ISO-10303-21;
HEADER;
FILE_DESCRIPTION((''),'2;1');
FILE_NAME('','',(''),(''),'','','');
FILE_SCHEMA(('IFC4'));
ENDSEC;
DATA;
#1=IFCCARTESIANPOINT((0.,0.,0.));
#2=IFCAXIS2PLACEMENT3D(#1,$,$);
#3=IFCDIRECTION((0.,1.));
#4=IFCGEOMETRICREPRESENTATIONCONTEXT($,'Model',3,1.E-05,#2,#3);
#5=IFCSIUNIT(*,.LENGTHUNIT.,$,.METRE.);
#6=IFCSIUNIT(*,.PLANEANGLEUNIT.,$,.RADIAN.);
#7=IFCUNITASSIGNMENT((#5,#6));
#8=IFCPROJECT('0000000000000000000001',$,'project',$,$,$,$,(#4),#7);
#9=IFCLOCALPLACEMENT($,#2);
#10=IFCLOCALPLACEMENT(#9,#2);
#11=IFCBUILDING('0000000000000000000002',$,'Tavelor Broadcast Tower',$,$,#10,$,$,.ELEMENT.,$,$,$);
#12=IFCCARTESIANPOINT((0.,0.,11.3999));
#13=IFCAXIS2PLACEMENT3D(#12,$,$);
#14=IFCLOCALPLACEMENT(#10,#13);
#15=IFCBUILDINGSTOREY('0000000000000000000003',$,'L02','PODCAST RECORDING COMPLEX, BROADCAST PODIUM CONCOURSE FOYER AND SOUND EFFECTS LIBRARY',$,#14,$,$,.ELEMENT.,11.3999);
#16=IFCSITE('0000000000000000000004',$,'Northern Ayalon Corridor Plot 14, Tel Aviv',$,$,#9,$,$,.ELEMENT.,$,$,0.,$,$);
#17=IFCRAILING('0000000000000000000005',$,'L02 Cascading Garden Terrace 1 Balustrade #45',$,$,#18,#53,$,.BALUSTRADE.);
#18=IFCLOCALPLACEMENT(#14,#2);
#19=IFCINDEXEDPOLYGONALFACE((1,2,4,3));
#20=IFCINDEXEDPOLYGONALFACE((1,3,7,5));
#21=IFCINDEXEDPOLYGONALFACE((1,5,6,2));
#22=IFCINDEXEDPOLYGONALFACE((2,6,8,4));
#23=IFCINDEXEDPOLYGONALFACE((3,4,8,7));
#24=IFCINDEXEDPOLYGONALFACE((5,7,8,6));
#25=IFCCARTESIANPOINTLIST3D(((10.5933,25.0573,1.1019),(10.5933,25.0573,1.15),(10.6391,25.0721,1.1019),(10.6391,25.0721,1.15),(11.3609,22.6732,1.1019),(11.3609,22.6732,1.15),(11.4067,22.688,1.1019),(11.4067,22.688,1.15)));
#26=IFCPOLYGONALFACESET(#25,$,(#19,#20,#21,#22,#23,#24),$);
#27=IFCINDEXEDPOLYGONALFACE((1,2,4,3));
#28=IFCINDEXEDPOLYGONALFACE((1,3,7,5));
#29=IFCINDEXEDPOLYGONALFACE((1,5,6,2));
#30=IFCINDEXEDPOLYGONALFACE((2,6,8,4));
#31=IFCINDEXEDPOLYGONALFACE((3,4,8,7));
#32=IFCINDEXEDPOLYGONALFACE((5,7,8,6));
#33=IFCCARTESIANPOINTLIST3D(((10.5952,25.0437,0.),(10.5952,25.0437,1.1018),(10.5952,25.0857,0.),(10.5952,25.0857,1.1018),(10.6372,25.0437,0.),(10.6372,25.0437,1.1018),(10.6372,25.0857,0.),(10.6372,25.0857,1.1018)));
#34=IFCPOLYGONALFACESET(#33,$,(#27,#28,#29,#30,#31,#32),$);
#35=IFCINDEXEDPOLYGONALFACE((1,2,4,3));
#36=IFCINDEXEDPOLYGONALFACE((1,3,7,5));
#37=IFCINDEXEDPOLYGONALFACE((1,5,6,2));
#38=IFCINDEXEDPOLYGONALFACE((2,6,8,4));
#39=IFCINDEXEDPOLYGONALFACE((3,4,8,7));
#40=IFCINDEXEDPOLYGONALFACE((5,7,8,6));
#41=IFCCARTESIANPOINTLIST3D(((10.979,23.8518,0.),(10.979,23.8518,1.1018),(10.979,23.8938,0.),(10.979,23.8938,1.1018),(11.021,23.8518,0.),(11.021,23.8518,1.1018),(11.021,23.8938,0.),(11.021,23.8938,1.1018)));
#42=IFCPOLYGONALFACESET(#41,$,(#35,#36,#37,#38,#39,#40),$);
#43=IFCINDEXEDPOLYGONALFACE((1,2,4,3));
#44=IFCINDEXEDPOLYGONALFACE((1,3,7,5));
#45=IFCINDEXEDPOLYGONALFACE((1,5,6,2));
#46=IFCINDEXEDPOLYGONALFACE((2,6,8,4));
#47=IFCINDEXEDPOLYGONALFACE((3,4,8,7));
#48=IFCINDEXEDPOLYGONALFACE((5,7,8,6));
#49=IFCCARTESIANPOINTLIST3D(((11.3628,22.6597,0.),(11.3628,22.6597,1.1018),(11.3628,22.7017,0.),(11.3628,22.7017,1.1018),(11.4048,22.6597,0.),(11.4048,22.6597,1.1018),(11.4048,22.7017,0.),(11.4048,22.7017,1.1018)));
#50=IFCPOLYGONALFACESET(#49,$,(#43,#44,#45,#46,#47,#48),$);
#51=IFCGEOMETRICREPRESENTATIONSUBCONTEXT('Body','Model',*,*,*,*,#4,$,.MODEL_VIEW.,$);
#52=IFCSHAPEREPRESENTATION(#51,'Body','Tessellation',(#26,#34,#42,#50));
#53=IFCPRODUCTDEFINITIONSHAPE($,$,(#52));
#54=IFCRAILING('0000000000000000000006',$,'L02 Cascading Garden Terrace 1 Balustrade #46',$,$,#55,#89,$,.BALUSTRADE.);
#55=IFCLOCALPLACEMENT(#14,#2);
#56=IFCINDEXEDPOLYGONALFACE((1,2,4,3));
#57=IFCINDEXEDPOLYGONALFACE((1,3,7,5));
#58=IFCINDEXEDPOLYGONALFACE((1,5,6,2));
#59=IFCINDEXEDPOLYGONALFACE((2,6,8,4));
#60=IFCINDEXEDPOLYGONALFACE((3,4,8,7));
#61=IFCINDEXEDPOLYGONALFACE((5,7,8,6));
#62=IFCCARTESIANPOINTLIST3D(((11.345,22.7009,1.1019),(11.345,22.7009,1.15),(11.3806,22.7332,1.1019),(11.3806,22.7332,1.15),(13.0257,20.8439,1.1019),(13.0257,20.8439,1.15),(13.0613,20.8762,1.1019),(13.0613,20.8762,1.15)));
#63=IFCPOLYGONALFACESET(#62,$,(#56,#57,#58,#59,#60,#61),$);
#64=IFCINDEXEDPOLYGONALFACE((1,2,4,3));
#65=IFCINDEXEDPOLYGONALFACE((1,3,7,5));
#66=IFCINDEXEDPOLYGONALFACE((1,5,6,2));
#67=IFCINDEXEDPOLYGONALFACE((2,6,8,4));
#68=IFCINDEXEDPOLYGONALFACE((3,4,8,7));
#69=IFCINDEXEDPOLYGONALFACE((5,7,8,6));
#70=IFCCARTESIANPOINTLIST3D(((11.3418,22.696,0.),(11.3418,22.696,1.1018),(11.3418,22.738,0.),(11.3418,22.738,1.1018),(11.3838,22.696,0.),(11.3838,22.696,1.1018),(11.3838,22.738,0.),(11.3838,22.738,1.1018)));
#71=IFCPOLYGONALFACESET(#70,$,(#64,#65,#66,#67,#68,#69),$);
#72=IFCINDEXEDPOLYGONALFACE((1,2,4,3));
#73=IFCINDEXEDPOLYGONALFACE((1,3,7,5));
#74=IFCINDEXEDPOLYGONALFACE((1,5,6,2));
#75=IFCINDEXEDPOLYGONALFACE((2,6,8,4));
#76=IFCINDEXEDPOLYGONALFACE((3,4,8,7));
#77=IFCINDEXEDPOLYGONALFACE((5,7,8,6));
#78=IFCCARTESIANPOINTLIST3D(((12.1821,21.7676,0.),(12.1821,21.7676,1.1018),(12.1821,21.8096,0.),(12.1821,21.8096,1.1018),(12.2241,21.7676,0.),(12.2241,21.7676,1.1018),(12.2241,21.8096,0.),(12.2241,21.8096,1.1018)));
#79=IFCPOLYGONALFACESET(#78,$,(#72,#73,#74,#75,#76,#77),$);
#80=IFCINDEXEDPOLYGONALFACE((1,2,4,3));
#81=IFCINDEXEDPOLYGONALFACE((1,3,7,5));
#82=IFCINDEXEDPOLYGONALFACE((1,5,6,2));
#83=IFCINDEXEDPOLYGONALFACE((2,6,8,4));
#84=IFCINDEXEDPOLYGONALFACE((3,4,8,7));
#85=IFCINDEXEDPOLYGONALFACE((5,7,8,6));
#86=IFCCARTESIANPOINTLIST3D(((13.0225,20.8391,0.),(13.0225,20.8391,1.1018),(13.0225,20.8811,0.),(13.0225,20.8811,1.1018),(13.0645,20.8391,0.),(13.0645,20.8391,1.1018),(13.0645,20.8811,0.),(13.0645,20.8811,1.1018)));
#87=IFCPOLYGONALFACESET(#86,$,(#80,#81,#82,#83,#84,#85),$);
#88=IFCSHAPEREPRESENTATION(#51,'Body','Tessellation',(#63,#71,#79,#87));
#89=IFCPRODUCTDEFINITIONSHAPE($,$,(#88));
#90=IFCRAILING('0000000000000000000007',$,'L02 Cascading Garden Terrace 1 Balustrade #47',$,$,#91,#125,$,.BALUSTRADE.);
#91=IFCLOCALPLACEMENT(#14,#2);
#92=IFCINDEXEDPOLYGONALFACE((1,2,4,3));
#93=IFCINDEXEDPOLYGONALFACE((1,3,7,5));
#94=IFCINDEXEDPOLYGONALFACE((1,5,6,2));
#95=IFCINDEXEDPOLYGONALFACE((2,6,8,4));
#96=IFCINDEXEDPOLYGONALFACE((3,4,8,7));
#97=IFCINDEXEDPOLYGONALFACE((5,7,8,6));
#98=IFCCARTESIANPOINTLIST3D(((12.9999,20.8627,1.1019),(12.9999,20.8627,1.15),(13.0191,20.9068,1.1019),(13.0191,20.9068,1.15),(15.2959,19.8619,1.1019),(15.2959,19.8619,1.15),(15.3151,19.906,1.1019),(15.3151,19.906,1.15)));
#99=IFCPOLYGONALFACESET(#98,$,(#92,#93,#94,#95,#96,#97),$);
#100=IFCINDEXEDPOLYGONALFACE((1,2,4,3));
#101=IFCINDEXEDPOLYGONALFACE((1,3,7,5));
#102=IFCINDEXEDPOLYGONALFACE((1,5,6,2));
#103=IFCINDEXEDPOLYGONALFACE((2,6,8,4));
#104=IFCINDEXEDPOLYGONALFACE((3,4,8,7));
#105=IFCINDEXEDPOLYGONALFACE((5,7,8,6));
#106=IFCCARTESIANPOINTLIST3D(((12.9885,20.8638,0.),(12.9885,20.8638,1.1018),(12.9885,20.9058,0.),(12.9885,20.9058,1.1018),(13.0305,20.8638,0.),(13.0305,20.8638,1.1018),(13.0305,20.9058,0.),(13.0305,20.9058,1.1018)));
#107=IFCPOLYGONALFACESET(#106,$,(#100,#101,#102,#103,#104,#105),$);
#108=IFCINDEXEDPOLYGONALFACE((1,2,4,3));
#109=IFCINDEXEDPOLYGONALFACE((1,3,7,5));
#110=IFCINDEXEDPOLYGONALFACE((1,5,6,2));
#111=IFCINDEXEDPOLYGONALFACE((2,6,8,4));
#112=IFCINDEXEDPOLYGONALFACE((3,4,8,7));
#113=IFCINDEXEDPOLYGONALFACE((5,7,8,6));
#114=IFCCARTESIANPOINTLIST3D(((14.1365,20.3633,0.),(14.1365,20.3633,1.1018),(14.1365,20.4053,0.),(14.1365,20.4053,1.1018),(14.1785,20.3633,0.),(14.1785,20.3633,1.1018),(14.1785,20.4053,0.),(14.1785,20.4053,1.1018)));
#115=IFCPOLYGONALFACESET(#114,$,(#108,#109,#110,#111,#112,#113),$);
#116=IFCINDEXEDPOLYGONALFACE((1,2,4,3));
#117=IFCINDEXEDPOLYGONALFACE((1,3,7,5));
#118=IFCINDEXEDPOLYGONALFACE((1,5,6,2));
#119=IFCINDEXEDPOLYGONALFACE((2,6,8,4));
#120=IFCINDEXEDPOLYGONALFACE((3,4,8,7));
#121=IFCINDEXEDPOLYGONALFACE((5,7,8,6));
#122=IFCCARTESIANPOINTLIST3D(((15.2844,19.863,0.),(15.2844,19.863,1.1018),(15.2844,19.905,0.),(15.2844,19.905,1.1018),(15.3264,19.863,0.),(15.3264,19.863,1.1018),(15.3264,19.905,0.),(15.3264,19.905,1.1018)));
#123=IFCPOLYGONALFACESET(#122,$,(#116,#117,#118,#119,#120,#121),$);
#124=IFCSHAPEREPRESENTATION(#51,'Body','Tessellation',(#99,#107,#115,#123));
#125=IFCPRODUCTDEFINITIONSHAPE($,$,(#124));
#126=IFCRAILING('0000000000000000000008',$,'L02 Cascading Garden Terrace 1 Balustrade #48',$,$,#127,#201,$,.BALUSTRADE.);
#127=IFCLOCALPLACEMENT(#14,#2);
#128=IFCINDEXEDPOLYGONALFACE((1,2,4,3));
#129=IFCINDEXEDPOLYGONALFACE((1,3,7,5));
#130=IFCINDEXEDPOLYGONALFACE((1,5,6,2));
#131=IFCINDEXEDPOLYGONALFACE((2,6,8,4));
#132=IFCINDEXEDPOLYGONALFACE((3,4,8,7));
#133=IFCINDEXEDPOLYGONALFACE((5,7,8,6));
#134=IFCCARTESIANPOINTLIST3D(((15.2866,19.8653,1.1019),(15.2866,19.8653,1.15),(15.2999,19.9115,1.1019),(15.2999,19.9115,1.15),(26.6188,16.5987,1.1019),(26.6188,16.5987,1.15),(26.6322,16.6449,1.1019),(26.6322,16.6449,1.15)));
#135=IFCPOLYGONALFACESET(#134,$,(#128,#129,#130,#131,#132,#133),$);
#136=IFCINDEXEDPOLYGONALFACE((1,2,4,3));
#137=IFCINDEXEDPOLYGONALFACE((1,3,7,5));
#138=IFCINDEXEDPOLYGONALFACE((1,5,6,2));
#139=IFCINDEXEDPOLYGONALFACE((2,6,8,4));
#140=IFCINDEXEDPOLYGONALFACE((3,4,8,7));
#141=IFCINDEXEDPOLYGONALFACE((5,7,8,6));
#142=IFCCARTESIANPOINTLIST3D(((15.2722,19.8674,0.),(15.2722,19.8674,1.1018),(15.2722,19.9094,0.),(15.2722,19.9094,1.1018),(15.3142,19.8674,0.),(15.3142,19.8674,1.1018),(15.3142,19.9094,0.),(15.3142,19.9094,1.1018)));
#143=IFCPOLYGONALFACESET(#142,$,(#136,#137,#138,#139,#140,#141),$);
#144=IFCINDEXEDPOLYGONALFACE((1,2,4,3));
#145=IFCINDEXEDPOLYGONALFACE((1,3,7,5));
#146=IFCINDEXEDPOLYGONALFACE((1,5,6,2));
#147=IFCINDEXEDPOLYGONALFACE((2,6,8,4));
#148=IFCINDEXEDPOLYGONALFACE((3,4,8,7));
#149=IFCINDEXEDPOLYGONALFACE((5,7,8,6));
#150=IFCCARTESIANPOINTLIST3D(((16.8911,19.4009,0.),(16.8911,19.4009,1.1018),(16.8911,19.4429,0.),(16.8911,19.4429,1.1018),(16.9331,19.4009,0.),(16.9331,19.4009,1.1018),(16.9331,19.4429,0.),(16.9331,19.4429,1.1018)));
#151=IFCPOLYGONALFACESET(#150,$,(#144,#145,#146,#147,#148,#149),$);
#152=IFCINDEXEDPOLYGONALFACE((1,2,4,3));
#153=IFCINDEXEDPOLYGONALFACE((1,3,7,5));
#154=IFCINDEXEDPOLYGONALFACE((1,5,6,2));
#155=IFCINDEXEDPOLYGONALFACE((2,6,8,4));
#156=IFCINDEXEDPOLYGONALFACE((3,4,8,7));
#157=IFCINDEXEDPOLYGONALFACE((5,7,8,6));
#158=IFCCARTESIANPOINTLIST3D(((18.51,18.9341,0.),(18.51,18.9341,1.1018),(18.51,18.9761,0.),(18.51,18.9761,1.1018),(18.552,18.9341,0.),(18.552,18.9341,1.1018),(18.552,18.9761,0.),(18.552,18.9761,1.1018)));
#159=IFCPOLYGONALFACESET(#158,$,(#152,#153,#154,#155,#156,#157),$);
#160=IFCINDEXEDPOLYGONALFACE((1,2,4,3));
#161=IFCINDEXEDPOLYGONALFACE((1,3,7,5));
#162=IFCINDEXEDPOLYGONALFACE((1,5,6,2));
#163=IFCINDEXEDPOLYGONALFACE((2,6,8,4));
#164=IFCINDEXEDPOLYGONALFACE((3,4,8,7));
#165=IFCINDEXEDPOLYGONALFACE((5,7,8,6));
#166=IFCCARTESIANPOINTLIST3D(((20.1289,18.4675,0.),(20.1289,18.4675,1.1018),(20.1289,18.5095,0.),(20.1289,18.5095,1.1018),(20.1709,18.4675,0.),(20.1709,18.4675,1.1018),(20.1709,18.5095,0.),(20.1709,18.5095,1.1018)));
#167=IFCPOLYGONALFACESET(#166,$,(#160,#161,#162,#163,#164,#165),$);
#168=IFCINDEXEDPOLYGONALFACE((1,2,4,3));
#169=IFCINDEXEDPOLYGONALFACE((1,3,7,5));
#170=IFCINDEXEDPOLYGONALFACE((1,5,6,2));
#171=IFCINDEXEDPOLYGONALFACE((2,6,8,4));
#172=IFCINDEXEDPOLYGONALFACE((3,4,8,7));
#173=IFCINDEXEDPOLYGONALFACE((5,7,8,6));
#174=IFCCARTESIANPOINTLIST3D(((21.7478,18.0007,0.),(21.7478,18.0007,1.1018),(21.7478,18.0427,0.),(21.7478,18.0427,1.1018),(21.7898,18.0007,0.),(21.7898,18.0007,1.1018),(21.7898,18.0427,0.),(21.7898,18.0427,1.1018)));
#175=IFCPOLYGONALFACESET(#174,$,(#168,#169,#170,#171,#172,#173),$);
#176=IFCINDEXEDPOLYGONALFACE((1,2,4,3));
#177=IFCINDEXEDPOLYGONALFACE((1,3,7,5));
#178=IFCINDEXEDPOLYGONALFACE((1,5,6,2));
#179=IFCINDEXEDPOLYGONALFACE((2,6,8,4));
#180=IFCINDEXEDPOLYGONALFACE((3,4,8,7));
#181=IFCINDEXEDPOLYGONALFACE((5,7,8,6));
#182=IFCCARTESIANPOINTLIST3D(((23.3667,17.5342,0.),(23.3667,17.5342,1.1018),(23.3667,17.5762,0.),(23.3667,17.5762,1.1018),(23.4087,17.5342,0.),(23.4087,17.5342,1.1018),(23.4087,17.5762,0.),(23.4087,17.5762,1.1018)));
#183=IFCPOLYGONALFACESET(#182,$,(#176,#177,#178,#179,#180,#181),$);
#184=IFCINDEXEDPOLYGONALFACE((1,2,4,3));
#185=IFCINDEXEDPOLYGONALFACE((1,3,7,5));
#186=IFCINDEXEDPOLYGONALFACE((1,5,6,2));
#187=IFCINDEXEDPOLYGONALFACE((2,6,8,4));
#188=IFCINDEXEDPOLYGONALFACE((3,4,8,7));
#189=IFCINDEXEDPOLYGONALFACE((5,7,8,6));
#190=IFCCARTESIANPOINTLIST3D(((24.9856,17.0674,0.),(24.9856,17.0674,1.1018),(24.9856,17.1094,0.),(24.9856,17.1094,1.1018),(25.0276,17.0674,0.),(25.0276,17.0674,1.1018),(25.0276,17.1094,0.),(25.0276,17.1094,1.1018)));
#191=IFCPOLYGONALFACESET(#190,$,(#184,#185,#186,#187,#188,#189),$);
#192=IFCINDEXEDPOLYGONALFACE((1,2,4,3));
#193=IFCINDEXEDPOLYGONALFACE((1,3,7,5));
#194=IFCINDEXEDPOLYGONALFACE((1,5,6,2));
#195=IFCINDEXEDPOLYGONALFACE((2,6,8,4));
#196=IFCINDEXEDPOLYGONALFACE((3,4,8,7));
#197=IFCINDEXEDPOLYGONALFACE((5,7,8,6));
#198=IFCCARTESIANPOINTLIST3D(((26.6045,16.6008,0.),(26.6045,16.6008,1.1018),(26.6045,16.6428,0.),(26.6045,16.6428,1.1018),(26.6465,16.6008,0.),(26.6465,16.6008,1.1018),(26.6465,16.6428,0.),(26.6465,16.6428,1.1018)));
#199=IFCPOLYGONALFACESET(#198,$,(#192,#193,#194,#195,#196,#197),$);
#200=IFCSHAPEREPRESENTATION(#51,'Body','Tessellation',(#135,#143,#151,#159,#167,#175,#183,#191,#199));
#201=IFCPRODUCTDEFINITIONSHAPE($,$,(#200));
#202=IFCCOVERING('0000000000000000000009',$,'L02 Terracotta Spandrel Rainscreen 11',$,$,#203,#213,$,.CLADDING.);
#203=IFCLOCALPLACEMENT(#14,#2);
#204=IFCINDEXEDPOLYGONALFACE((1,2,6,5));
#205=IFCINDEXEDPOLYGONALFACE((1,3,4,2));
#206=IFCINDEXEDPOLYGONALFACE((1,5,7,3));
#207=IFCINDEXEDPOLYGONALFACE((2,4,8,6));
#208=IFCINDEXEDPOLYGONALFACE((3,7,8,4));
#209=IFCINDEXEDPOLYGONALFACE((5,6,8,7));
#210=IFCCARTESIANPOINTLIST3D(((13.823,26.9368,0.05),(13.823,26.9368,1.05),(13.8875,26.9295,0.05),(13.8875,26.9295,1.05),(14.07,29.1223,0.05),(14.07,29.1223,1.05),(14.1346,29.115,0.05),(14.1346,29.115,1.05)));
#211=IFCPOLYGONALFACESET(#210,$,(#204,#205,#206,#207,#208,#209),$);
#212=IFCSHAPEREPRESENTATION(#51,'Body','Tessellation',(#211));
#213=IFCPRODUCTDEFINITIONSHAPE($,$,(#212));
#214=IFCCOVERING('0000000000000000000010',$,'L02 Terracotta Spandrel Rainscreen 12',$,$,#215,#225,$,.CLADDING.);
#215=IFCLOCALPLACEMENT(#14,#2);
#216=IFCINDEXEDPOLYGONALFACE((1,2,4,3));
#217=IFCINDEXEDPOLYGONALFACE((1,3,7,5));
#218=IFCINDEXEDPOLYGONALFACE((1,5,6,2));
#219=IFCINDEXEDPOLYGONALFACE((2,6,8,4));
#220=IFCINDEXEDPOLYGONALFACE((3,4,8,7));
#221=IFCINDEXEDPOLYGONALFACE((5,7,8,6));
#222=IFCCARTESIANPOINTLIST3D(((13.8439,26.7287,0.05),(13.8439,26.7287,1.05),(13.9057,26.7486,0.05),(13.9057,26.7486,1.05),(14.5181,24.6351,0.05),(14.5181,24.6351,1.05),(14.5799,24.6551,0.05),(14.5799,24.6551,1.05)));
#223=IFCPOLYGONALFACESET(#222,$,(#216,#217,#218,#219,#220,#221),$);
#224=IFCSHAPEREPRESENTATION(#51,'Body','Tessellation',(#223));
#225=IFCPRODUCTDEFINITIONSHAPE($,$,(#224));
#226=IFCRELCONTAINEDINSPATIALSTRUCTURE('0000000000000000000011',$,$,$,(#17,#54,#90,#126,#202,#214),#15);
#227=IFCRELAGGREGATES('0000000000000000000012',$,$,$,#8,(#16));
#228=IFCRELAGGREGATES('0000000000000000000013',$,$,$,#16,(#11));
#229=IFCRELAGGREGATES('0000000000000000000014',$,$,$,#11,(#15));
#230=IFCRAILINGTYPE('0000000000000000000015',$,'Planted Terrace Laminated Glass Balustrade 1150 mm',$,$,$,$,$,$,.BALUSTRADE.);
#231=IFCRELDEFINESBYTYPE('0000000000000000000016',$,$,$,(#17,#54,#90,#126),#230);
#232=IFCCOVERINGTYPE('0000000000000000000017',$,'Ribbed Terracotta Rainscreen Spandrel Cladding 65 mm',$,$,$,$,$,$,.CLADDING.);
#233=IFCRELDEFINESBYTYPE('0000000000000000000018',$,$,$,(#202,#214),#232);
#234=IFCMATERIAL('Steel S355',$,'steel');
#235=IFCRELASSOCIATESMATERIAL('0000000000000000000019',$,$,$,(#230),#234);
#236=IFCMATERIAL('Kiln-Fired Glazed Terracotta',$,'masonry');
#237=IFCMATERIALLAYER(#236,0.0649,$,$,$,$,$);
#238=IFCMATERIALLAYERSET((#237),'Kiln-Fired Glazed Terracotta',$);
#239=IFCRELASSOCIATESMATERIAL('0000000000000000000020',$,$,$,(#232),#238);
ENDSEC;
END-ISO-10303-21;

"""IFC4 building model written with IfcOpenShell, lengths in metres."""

from ifc_helpers import new_model, si_unit, direction, frame, origin, origin_2d, place, context, subcontext, project, spatial, rectangle, extrude, material, layer, layer_set, type_object, element, save


model = new_model("IFC4")

# Units and contexts
model_context = context("Model", 3, precision=1e-05, world=origin(), true_north=direction((0.0, 1.0)))
body_context = subcontext(model_context, "Body", "Model", "MODEL_VIEW")
ifc_project = project(units=[si_unit("LENGTHUNIT", "METRE"), si_unit("PLANEANGLEUNIT", "RADIAN")], contexts=[model_context])

# Site, building, storey
site_placement = place(None, origin())
site = spatial("IfcSite", under=ifc_project, at=site_placement, Name="Northern Ayalon Corridor Plot 14, Tel Aviv", CompositionType="ELEMENT", RefElevation=0.0)
building_placement = place(site_placement, origin())
building = spatial("IfcBuilding", under=site, at=building_placement, Name="Tavelor Broadcast Tower", CompositionType="ELEMENT")
storey_placement = place(building_placement, frame((0.0, 0.0, 11.3999)))
storey = spatial("IfcBuildingStorey", under=building, at=storey_placement, Name="L02", Description="PODCAST RECORDING COMPLEX, BROADCAST PODIUM CONCOURSE FOYER AND SOUND EFFECTS LIBRARY", CompositionType="ELEMENT", Elevation=11.3999)

# Railings
ifc_material_1 = material(Name="Steel S355", Category="steel")
railing_type = type_object("IfcRailingType", Name="Planted Terrace Laminated Glass Balustrade 1150 mm", PredefinedType="BALUSTRADE", material=ifc_material_1)
railing_1_placement = place(storey_placement, frame((10.6162, 25.0647, 0.0)))
element("IfcRailing", 1, at=railing_1_placement, inside=storey, type_object=railing_type, Name="L02 Cascading Garden Terrace 1 Balustrade #45", PredefinedType="BALUSTRADE", context=body_context, shape_type="SweptSolid", body=[
    extrude(rectangle(XDim=0.0481, YDim=0.0481, at=origin_2d()), frame((0.0, 0.0, 1.126), z_axis=(0.306473, -0.951879, 0.0), x_axis=(0.951879, 0.306473, 0.0)), (0.0, 0.0, 1.0), 2.5046),
    extrude(rectangle(XDim=0.042, YDim=0.042, at=origin_2d()), origin(), (0.0, 0.0, 1.0), 1.1018),
    extrude(rectangle(XDim=0.042, YDim=0.042, at=origin_2d()), frame((0.3838, -1.1919, 0.0)), (0.0, 0.0, 1.0), 1.1018),
    extrude(rectangle(XDim=0.042, YDim=0.042, at=origin_2d()), frame((0.7676, -2.384, 0.0)), (0.0, 0.0, 1.0), 1.1018),
])
railing_2_placement = place(storey_placement, frame((11.3628, 22.717, 0.0)))
element("IfcRailing", 2, at=railing_2_placement, inside=storey, type_object=railing_type, Name="L02 Cascading Garden Terrace 1 Balustrade #46", PredefinedType="BALUSTRADE", context=body_context, shape_type="SweptSolid", body=[
    extrude(rectangle(XDim=0.0481, YDim=0.0481, at=origin_2d()), frame((0.0, 0.0, 1.126), z_axis=(0.671041, -0.74142, 0.0), x_axis=(0.74142, 0.671041, 0.0)), (0.0, 0.0, 1.0), 2.5046),
    extrude(rectangle(XDim=0.042, YDim=0.042, at=origin_2d()), origin(), (0.0, 0.0, 1.0), 1.1018),
    extrude(rectangle(XDim=0.042, YDim=0.042, at=origin_2d()), frame((0.8403, -0.9285, 0.0)), (0.0, 0.0, 1.0), 1.1018),
    extrude(rectangle(XDim=0.042, YDim=0.042, at=origin_2d()), frame((1.6807, -1.8569, 0.0)), (0.0, 0.0, 1.0), 1.1018),
])
railing_3_placement = place(storey_placement, frame((13.0095, 20.8848, 0.0)))
element("IfcRailing", 3, at=railing_3_placement, inside=storey, type_object=railing_type, Name="L02 Cascading Garden Terrace 1 Balustrade #47", PredefinedType="BALUSTRADE", context=body_context, shape_type="SweptSolid", body=[
    extrude(rectangle(XDim=0.0481, YDim=0.0481, at=origin_2d()), frame((0.0, 0.0, 1.126), z_axis=(0.916702, -0.399571, 0.0), x_axis=(0.399571, 0.916702, 0.0)), (0.0, 0.0, 1.0), 2.5046),
    extrude(rectangle(XDim=0.042, YDim=0.042, at=origin_2d()), origin(), (0.0, 0.0, 1.0), 1.1018),
    extrude(rectangle(XDim=0.042, YDim=0.042, at=origin_2d()), frame((1.1479, -0.5005, 0.0)), (0.0, 0.0, 1.0), 1.1018),
    extrude(rectangle(XDim=0.042, YDim=0.042, at=origin_2d()), frame((2.2959, -1.0007, 0.0)), (0.0, 0.0, 1.0), 1.1018),
])
railing_4_placement = place(storey_placement, frame((15.2932, 19.8884, 0.0)))
element("IfcRailing", 4, at=railing_4_placement, inside=storey, type_object=railing_type, Name="L02 Cascading Garden Terrace 1 Balustrade #48", PredefinedType="BALUSTRADE", context=body_context, shape_type="SweptSolid", body=[
    extrude(rectangle(XDim=0.0481, YDim=0.0481, at=origin_2d()), frame((0.0, 0.0, 1.126), z_axis=(0.960876, -0.276979, 0.0), x_axis=(0.276979, 0.960876, 0.0)), (0.0, 0.0, 1.0), 11.7937),
    extrude(rectangle(XDim=0.042, YDim=0.042, at=origin_2d()), origin(), (0.0, 0.0, 1.0), 1.1018),
    extrude(rectangle(XDim=0.042, YDim=0.042, at=origin_2d()), frame((1.6189, -0.4666, 0.0)), (0.0, 0.0, 1.0), 1.1018),
    extrude(rectangle(XDim=0.042, YDim=0.042, at=origin_2d()), frame((3.2378, -0.9333, 0.0)), (0.0, 0.0, 1.0), 1.1018),
    extrude(rectangle(XDim=0.042, YDim=0.042, at=origin_2d()), frame((4.8567, -1.3999, 0.0)), (0.0, 0.0, 1.0), 1.1018),
    extrude(rectangle(XDim=0.042, YDim=0.042, at=origin_2d()), frame((6.4756, -1.8667, 0.0)), (0.0, 0.0, 1.0), 1.1018),
    extrude(rectangle(XDim=0.042, YDim=0.042, at=origin_2d()), frame((8.0945, -2.3333, 0.0)), (0.0, 0.0, 1.0), 1.1018),
    extrude(rectangle(XDim=0.042, YDim=0.042, at=origin_2d()), frame((9.7134, -2.8, 0.0)), (0.0, 0.0, 1.0), 1.1018),
    extrude(rectangle(XDim=0.042, YDim=0.042, at=origin_2d()), frame((11.3323, -3.2666, 0.0)), (0.0, 0.0, 1.0), 1.1018),
])

# Coverings
ifc_material_2 = material(Name="Kiln-Fired Glazed Terracotta", Category="masonry")
ifc_layer_1 = layer(ifc_material_2, 0.0649)
ifc_layer_set_1 = layer_set([ifc_layer_1], Name="Kiln-Fired Glazed Terracotta")
covering_type_1 = type_object("IfcCoveringType", Name="Ribbed Terracotta Rainscreen Spandrel Cladding 65 mm", PredefinedType="CLADDING", material=ifc_layer_set_1)
for number, where, z_axis, x_axis, name in (
    (5, (13.9788, 28.0259, 0.05), (0.0, 0.0, 1.0), (-0.112336, -0.99367, 0.0), "L02 Terracotta Spandrel Rainscreen 11"),
    (6, (14.2119, 25.6919, 0.05), (0.0, 0.0, 1.0), (0.306526, -0.951862, 0.0), "L02 Terracotta Spandrel Rainscreen 12"),
):
    element("IfcCovering", number, at=place(storey_placement, frame(where, z_axis=z_axis, x_axis=x_axis)), inside=storey, type_object=covering_type_1, Name=name, PredefinedType="CLADDING", context=body_context, shape_type="SweptSolid", body=[
        extrude(rectangle(XDim=2.1995, YDim=0.0649, at=origin_2d()), origin(), (0.0, 0.0, 1.0), 1.0),
    ])

save(model, "model.ifc")
